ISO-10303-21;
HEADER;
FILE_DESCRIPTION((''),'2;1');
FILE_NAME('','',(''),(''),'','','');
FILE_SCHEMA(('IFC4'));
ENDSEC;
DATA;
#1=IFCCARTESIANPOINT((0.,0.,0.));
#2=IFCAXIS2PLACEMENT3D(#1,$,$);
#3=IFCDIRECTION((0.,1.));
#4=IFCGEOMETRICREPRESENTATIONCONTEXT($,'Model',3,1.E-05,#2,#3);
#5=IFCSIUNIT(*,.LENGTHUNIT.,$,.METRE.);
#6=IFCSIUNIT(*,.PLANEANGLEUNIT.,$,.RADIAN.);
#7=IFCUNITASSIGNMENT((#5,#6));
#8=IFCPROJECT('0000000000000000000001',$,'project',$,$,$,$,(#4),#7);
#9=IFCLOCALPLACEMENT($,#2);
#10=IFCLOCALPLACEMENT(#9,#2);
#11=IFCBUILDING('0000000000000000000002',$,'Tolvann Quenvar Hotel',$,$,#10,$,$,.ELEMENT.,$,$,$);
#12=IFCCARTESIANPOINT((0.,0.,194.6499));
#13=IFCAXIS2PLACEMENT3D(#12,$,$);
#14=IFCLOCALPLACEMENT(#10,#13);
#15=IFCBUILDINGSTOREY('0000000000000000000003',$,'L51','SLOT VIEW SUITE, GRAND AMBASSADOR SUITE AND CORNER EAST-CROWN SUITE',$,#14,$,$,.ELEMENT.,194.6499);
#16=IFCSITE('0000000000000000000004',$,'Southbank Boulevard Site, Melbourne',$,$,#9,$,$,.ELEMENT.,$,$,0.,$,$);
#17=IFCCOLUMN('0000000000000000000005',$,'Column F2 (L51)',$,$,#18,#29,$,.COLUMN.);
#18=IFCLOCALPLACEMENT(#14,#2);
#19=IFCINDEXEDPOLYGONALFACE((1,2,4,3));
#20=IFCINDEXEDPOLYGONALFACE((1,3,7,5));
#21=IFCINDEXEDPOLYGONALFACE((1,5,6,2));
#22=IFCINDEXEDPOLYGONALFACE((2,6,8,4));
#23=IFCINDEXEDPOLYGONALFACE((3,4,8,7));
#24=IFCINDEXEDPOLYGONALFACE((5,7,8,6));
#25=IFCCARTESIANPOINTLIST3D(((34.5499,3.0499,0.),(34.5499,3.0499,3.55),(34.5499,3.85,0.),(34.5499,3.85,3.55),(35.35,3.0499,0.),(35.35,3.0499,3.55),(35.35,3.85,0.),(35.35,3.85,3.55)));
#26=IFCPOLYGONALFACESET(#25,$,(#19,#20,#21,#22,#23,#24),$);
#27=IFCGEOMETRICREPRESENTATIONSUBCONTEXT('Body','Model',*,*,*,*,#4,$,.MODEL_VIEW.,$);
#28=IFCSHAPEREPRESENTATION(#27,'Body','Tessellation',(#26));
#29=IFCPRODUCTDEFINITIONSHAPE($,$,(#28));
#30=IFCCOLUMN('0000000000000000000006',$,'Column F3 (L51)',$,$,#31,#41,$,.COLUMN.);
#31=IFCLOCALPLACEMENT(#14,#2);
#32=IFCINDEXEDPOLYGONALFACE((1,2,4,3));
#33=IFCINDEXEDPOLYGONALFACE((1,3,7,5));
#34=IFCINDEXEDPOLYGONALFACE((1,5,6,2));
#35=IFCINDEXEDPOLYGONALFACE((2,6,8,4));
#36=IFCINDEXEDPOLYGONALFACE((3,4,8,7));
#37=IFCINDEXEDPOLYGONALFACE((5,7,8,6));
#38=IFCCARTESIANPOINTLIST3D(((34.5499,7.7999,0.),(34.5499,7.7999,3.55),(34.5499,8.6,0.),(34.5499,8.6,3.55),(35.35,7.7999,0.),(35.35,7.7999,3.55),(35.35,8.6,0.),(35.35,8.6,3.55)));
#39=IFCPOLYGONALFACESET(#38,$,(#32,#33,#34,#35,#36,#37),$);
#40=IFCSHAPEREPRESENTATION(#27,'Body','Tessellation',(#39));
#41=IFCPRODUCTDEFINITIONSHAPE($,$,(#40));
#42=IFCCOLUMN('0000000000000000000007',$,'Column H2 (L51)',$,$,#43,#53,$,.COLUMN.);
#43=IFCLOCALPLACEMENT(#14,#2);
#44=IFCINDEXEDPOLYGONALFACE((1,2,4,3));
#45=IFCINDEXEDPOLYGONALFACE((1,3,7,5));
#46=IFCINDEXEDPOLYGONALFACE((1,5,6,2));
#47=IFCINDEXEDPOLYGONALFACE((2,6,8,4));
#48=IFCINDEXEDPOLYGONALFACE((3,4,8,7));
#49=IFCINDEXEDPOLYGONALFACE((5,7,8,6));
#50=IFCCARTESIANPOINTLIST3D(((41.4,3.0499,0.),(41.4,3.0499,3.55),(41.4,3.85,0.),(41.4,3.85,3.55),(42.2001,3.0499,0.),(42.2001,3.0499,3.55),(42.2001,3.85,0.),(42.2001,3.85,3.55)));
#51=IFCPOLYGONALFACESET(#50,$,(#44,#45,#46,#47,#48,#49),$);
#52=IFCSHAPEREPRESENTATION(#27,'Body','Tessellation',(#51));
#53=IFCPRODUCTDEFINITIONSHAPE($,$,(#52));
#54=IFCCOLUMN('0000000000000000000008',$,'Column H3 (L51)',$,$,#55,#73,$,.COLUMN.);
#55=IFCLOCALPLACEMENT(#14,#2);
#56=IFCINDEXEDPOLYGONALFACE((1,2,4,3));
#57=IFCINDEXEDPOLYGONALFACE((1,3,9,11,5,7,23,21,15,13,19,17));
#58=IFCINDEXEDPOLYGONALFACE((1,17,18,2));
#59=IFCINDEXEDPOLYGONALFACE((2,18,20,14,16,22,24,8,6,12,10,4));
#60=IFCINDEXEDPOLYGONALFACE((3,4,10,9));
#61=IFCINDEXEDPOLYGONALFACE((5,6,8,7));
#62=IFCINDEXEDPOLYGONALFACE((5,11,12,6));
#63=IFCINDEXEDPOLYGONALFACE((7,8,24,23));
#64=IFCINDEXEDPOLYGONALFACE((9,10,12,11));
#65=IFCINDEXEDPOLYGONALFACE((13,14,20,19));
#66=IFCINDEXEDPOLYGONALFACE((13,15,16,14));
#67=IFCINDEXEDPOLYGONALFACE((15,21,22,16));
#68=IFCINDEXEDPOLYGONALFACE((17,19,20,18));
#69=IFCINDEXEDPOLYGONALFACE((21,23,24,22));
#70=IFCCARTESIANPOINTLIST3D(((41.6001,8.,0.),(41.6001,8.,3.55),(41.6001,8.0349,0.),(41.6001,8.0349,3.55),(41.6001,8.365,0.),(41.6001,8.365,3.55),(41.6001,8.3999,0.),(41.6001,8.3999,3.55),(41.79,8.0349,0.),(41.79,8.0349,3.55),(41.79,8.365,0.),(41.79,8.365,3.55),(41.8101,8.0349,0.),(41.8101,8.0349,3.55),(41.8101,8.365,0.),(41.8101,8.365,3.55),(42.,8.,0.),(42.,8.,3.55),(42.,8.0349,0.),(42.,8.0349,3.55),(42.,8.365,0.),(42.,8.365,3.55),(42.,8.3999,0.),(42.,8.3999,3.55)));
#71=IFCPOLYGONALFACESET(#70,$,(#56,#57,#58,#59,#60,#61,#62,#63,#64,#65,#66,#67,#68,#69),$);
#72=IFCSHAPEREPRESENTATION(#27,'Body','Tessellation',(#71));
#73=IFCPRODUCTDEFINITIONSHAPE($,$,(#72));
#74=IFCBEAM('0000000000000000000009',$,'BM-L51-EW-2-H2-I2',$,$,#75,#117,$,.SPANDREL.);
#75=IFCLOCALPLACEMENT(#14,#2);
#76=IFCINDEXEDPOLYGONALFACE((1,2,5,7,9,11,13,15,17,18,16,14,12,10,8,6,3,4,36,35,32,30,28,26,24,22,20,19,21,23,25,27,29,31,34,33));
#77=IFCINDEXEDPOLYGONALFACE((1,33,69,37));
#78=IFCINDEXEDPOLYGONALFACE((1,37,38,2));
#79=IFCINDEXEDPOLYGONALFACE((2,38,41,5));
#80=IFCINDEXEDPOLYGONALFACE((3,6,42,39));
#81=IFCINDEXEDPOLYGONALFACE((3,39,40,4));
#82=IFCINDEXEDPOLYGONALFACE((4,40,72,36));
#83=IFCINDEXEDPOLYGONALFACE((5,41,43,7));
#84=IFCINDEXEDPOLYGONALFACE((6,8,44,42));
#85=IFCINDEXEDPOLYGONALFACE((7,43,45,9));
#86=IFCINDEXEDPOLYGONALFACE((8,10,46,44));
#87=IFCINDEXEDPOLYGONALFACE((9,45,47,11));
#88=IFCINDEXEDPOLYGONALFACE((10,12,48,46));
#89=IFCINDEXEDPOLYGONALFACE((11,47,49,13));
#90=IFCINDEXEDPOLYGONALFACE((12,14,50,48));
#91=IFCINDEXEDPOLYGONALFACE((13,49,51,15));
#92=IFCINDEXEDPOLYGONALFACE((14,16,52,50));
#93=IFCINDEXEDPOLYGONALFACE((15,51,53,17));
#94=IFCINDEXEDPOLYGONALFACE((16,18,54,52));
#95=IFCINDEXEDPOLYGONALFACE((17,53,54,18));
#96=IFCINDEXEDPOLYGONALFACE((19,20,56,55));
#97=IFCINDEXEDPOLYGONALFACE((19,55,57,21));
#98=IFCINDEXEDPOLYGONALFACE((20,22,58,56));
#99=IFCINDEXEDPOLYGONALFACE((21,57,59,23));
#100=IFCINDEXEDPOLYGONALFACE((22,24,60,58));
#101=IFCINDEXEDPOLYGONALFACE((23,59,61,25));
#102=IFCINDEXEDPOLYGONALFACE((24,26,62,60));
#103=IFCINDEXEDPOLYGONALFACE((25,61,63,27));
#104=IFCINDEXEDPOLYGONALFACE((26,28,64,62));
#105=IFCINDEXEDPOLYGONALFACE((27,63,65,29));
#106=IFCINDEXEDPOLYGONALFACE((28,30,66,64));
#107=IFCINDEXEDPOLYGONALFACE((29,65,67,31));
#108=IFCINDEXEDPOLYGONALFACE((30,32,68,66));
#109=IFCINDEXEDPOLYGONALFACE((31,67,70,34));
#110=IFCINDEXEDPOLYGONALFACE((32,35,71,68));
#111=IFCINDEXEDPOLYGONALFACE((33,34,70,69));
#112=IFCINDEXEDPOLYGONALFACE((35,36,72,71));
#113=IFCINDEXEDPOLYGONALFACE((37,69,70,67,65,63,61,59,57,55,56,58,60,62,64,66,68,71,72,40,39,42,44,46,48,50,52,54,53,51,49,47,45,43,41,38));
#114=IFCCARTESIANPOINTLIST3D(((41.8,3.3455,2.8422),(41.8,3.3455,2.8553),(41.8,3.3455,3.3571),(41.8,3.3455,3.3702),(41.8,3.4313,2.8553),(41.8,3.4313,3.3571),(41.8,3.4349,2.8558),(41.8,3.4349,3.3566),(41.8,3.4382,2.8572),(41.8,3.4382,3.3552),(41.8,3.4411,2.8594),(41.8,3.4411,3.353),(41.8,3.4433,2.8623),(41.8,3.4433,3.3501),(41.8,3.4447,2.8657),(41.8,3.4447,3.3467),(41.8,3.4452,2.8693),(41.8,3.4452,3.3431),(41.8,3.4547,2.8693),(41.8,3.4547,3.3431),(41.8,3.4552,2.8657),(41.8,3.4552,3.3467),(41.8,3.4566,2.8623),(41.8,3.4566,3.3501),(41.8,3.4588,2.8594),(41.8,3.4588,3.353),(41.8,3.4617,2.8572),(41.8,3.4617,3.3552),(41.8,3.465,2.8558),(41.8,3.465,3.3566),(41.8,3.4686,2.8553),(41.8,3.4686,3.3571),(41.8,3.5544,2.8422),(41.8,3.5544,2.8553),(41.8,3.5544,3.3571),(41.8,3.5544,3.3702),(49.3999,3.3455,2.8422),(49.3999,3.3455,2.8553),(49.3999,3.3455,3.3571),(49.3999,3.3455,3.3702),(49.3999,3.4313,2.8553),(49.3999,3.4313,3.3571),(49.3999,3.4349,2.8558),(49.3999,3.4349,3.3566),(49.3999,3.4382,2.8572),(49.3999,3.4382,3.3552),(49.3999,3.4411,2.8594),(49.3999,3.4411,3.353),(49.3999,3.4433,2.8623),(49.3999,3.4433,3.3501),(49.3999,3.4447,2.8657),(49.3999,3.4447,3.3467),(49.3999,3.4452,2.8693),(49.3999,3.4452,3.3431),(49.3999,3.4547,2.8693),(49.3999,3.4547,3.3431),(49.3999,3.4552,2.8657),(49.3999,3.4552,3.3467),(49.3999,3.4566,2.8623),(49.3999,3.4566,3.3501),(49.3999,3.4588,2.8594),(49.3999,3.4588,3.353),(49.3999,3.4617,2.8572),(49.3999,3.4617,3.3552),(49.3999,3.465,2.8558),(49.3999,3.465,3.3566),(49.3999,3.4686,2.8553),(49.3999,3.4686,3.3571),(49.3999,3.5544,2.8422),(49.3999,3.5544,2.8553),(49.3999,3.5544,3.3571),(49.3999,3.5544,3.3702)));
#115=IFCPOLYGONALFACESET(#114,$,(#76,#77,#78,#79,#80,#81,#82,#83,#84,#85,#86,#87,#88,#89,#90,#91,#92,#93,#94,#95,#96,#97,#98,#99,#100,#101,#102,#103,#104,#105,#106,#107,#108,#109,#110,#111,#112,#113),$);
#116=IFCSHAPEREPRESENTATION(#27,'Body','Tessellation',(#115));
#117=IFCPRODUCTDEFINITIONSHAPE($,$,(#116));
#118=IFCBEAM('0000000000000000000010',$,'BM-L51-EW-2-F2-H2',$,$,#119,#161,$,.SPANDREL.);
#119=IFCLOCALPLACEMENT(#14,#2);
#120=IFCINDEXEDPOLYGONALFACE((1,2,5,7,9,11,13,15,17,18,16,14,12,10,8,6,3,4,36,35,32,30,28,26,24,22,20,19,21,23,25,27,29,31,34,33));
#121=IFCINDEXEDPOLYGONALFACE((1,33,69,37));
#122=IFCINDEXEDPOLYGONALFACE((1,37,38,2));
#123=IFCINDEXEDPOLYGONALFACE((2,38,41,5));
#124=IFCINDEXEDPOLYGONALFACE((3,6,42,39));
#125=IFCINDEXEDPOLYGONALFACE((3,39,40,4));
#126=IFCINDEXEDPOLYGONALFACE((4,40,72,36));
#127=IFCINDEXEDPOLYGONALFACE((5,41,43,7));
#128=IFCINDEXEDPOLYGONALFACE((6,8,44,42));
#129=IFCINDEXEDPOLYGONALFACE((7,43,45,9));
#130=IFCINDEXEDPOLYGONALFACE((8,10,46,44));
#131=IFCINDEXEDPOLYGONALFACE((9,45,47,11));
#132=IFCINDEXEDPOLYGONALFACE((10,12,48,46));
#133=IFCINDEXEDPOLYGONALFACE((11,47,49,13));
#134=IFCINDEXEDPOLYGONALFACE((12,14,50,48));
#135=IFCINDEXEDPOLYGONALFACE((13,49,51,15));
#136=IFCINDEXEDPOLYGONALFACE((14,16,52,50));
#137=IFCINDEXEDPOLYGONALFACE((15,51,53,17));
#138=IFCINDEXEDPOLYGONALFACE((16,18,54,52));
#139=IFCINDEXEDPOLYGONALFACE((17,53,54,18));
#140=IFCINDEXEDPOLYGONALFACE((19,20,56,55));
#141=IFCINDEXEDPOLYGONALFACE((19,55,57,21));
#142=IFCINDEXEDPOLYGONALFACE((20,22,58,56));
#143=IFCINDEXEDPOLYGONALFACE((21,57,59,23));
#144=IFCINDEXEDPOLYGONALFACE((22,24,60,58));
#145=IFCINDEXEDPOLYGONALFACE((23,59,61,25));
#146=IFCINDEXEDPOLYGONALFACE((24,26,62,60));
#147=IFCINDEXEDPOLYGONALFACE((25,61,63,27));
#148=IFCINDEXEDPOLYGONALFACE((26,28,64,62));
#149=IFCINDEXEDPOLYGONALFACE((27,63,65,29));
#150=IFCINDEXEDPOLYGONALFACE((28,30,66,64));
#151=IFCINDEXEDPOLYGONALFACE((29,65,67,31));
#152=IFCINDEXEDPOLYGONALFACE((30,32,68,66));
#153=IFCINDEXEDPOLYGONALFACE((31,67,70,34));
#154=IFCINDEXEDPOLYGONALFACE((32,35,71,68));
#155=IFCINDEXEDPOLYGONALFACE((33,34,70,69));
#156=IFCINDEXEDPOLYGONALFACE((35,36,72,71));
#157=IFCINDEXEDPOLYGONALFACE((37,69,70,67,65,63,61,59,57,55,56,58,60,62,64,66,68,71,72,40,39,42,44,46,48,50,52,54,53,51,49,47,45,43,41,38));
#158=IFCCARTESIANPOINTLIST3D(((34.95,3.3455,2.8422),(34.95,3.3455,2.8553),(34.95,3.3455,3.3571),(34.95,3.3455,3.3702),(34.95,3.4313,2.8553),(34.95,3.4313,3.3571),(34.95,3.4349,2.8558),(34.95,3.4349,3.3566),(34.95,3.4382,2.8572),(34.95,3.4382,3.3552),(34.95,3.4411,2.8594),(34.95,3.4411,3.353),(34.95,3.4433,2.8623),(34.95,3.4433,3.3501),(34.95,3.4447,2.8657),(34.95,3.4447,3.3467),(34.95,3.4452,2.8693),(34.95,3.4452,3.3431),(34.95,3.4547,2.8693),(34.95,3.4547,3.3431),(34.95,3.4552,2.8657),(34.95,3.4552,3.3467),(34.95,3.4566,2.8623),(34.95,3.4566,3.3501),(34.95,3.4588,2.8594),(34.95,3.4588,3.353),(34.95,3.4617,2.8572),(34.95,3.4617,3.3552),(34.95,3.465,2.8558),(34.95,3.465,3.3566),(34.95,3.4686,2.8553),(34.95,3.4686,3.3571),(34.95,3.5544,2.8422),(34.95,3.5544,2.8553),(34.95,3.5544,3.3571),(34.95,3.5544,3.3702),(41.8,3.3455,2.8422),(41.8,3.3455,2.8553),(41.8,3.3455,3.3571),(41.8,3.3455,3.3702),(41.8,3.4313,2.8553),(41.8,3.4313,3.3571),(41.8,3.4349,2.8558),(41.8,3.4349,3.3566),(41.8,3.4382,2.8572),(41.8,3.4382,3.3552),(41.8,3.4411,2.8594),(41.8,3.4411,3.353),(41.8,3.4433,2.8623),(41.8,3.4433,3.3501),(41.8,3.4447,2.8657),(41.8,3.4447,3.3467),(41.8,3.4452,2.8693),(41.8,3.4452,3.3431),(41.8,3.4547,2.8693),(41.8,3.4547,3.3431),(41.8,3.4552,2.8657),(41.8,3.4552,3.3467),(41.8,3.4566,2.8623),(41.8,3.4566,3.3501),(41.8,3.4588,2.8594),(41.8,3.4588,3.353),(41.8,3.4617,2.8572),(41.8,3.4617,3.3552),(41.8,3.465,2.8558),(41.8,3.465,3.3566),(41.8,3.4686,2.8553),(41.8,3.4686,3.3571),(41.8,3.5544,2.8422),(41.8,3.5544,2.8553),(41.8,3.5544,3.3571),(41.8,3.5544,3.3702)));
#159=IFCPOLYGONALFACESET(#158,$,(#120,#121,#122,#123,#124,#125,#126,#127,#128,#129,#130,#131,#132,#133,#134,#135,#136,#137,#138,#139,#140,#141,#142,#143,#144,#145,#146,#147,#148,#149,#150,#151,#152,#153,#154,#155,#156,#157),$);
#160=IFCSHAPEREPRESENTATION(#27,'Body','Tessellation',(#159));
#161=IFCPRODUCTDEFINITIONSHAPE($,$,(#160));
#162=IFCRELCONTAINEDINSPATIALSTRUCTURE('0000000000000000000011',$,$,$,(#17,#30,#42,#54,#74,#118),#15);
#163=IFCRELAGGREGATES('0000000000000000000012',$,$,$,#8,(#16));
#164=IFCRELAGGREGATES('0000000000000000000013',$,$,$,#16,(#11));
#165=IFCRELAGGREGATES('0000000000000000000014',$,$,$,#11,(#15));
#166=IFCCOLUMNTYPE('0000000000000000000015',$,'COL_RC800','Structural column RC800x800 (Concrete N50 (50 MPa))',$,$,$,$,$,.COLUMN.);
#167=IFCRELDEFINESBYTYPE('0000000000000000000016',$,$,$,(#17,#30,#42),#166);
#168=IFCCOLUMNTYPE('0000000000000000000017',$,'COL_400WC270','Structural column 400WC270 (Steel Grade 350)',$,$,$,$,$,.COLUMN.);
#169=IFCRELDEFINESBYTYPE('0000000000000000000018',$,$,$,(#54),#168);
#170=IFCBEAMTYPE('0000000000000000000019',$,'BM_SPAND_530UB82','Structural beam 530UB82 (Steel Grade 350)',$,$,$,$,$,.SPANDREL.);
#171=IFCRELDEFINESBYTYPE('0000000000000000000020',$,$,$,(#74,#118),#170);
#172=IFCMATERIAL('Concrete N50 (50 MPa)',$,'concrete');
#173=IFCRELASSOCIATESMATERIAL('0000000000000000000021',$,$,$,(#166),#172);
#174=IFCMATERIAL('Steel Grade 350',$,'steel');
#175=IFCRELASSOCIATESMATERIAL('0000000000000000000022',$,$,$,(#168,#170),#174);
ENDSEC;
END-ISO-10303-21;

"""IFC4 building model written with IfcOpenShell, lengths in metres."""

from ifc_helpers import new_model, si_unit, direction, frame, origin, origin_2d, place, context, subcontext, project, spatial, rectangle, i_section, extrude, source, transform, mapped, material, material_profile, profile_set, type_object, type_shapes, element, save


model = new_model("IFC4")

# Units and contexts
model_context = context("Model", 3, precision=1e-05, world=origin(), true_north=direction((0.0, 1.0)))
body_context = subcontext(model_context, "Body", "Model", "MODEL_VIEW")
ifc_project = project(units=[si_unit("LENGTHUNIT", "METRE"), si_unit("PLANEANGLEUNIT", "RADIAN")], contexts=[model_context])

# Site, building, storey
site_placement = place(None, origin())
site = spatial("IfcSite", under=ifc_project, at=site_placement, Name="Southbank Boulevard Site, Melbourne", CompositionType="ELEMENT", RefElevation=0.0)
building_placement = place(site_placement, origin())
building = spatial("IfcBuilding", under=site, at=building_placement, Name="Tolvann Quenvar Hotel", CompositionType="ELEMENT")
storey_placement = place(building_placement, frame((0.0, 0.0, 194.6499)))
storey = spatial("IfcBuildingStorey", under=building, at=storey_placement, Name="L51", Description="SLOT VIEW SUITE, GRAND AMBASSADOR SUITE AND CORNER EAST-CROWN SUITE", CompositionType="ELEMENT", Elevation=194.6499)

# Columns
ifc_material_1 = material(Name="Concrete N50 (50 MPa)", Category="concrete")
ifc_material_profile_1 = material_profile(ifc_material_1, rectangle(XDim=0.8, YDim=0.8, at=origin_2d()), Name="RC800x800")
ifc_profile_set_1 = profile_set([ifc_material_profile_1], Name="Concrete N50 (50 MPa)")
column_type_1 = type_object("IfcColumnType", Name="COL_RC800", Description="Structural column RC800x800 (Concrete N50 (50 MPa))", PredefinedType="COLUMN", material=ifc_profile_set_1)
shared_shape_1 = source(origin(), body_context, "Body", "SweptSolid", [
    extrude(rectangle(XDim=0.8, YDim=0.8, at=origin_2d()), origin(), (0.0, 0.0, 1.0), 3.55),
])
type_shapes(column_type_1, [shared_shape_1])
for number, where, z_axis, x_axis, name in (
    (1, (34.95, 3.45, 0.0), (0.0, 0.0, 1.0), (1.0, 0.0, 0.0), "Column F2 (L51)"),
    (2, (34.95, 8.2, 0.0), (0.0, 0.0, 1.0), (1.0, 0.0, 0.0), "Column F3 (L51)"),
    (3, (41.8, 3.45, 0.0), (0.0, 0.0, 1.0), (1.0, 0.0, 0.0), "Column H2 (L51)"),
):
    element("IfcColumn", number, at=place(storey_placement, frame(where, z_axis=z_axis, x_axis=x_axis)), inside=storey, type_object=column_type_1, Name=name, PredefinedType="COLUMN", context=body_context, shape_type="MappedRepresentation", body=[
        mapped(shared_shape_1, transform((0.0, 0.0, 0.0), x_axis=(1.0, 0.0, 0.0), y_axis=(0.0, 1.0, 0.0), z_axis=(0.0, 0.0, 1.0), scale=1.0)),
    ])
ifc_material_2 = material(Name="Steel Grade 350", Category="steel")
ifc_material_profile_2 = material_profile(ifc_material_2, i_section(OverallWidth=0.3999, OverallDepth=0.3999, WebThickness=0.02, FlangeThickness=0.0349, at=origin_2d()), Name="400WC270")
ifc_profile_set_2 = profile_set([ifc_material_profile_2], Name="Steel Grade 350")
column_type_2 = type_object("IfcColumnType", Name="COL_400WC270", Description="Structural column 400WC270 (Steel Grade 350)", PredefinedType="COLUMN", material=ifc_profile_set_2)
shared_shape_2 = source(origin(), body_context, "Body", "SweptSolid", [
    extrude(i_section(OverallWidth=0.3999, OverallDepth=0.3999, WebThickness=0.02, FlangeThickness=0.0349, at=origin_2d()), origin(), (0.0, 0.0, 1.0), 3.55),
])
type_shapes(column_type_2, [shared_shape_2])
column_placement = place(storey_placement, frame((41.8, 8.2, 0.0), z_axis=(0.0, 0.0, 1.0), x_axis=(1.0, 0.0, 0.0)))
element("IfcColumn", 4, at=column_placement, inside=storey, type_object=column_type_2, Name="Column H3 (L51)", PredefinedType="COLUMN", context=body_context, shape_type="MappedRepresentation", body=[
    mapped(shared_shape_2, transform((0.0, 0.0, 0.0), x_axis=(1.0, 0.0, 0.0), y_axis=(0.0, 1.0, 0.0), z_axis=(0.0, 0.0, 1.0), scale=1.0)),
])

# Beams
ifc_material_profile_3 = material_profile(ifc_material_2, i_section(OverallWidth=0.209, OverallDepth=0.5281, WebThickness=0.0095, FlangeThickness=0.0132, FilletRadius=0.0139, at=origin_2d()), Name="530UB82")
ifc_profile_set_3 = profile_set([ifc_material_profile_3], Name="Steel Grade 350")
beam_type_1 = type_object("IfcBeamType", Name="BM_SPAND_530UB82", Description="Structural beam 530UB82 (Steel Grade 350)", PredefinedType="SPANDREL", material=ifc_profile_set_3)
shared_shape_3 = source(origin(), body_context, "Body", "SweptSolid", [
    extrude(i_section(OverallWidth=0.209, OverallDepth=0.5281, WebThickness=0.0095, FlangeThickness=0.0132, FilletRadius=0.0139, at=origin_2d()), origin(), (0.0, 0.0, 1.0), 7.5999),
])
beam_1_placement = place(storey_placement, frame((41.8, 3.45, 3.1062), z_axis=(1.0, 0.0, 0.0), x_axis=(0.0, 1.0, 0.0)))
element("IfcBeam", 5, at=beam_1_placement, inside=storey, type_object=beam_type_1, Name="BM-L51-EW-2-H2-I2", PredefinedType="SPANDREL", context=body_context, shape_type="MappedRepresentation", body=[
    mapped(shared_shape_3, transform((0.0, 0.0, 0.0), x_axis=(1.0, 0.0, 0.0), y_axis=(0.0, 1.0, 0.0), z_axis=(0.0, 0.0, 1.0), scale=1.0)),
])
shared_shape_4 = source(origin(), body_context, "Body", "SweptSolid", [
    extrude(i_section(OverallWidth=0.209, OverallDepth=0.5281, WebThickness=0.0095, FlangeThickness=0.0132, FilletRadius=0.0139, at=origin_2d()), origin(), (0.0, 0.0, 1.0), 6.8501),
])
type_shapes(beam_type_1, [shared_shape_3, shared_shape_4])
beam_2_placement = place(storey_placement, frame((34.95, 3.45, 3.1062), z_axis=(1.0, 0.0, 0.0), x_axis=(0.0, 1.0, 0.0)))
element("IfcBeam", 6, at=beam_2_placement, inside=storey, type_object=beam_type_1, Name="BM-L51-EW-2-F2-H2", PredefinedType="SPANDREL", context=body_context, shape_type="MappedRepresentation", body=[
    mapped(shared_shape_4, transform((0.0, 0.0, 0.0), x_axis=(1.0, 0.0, 0.0), y_axis=(0.0, 1.0, 0.0), z_axis=(0.0, 0.0, 1.0), scale=1.0)),
])

save(model, "model.ifc")
